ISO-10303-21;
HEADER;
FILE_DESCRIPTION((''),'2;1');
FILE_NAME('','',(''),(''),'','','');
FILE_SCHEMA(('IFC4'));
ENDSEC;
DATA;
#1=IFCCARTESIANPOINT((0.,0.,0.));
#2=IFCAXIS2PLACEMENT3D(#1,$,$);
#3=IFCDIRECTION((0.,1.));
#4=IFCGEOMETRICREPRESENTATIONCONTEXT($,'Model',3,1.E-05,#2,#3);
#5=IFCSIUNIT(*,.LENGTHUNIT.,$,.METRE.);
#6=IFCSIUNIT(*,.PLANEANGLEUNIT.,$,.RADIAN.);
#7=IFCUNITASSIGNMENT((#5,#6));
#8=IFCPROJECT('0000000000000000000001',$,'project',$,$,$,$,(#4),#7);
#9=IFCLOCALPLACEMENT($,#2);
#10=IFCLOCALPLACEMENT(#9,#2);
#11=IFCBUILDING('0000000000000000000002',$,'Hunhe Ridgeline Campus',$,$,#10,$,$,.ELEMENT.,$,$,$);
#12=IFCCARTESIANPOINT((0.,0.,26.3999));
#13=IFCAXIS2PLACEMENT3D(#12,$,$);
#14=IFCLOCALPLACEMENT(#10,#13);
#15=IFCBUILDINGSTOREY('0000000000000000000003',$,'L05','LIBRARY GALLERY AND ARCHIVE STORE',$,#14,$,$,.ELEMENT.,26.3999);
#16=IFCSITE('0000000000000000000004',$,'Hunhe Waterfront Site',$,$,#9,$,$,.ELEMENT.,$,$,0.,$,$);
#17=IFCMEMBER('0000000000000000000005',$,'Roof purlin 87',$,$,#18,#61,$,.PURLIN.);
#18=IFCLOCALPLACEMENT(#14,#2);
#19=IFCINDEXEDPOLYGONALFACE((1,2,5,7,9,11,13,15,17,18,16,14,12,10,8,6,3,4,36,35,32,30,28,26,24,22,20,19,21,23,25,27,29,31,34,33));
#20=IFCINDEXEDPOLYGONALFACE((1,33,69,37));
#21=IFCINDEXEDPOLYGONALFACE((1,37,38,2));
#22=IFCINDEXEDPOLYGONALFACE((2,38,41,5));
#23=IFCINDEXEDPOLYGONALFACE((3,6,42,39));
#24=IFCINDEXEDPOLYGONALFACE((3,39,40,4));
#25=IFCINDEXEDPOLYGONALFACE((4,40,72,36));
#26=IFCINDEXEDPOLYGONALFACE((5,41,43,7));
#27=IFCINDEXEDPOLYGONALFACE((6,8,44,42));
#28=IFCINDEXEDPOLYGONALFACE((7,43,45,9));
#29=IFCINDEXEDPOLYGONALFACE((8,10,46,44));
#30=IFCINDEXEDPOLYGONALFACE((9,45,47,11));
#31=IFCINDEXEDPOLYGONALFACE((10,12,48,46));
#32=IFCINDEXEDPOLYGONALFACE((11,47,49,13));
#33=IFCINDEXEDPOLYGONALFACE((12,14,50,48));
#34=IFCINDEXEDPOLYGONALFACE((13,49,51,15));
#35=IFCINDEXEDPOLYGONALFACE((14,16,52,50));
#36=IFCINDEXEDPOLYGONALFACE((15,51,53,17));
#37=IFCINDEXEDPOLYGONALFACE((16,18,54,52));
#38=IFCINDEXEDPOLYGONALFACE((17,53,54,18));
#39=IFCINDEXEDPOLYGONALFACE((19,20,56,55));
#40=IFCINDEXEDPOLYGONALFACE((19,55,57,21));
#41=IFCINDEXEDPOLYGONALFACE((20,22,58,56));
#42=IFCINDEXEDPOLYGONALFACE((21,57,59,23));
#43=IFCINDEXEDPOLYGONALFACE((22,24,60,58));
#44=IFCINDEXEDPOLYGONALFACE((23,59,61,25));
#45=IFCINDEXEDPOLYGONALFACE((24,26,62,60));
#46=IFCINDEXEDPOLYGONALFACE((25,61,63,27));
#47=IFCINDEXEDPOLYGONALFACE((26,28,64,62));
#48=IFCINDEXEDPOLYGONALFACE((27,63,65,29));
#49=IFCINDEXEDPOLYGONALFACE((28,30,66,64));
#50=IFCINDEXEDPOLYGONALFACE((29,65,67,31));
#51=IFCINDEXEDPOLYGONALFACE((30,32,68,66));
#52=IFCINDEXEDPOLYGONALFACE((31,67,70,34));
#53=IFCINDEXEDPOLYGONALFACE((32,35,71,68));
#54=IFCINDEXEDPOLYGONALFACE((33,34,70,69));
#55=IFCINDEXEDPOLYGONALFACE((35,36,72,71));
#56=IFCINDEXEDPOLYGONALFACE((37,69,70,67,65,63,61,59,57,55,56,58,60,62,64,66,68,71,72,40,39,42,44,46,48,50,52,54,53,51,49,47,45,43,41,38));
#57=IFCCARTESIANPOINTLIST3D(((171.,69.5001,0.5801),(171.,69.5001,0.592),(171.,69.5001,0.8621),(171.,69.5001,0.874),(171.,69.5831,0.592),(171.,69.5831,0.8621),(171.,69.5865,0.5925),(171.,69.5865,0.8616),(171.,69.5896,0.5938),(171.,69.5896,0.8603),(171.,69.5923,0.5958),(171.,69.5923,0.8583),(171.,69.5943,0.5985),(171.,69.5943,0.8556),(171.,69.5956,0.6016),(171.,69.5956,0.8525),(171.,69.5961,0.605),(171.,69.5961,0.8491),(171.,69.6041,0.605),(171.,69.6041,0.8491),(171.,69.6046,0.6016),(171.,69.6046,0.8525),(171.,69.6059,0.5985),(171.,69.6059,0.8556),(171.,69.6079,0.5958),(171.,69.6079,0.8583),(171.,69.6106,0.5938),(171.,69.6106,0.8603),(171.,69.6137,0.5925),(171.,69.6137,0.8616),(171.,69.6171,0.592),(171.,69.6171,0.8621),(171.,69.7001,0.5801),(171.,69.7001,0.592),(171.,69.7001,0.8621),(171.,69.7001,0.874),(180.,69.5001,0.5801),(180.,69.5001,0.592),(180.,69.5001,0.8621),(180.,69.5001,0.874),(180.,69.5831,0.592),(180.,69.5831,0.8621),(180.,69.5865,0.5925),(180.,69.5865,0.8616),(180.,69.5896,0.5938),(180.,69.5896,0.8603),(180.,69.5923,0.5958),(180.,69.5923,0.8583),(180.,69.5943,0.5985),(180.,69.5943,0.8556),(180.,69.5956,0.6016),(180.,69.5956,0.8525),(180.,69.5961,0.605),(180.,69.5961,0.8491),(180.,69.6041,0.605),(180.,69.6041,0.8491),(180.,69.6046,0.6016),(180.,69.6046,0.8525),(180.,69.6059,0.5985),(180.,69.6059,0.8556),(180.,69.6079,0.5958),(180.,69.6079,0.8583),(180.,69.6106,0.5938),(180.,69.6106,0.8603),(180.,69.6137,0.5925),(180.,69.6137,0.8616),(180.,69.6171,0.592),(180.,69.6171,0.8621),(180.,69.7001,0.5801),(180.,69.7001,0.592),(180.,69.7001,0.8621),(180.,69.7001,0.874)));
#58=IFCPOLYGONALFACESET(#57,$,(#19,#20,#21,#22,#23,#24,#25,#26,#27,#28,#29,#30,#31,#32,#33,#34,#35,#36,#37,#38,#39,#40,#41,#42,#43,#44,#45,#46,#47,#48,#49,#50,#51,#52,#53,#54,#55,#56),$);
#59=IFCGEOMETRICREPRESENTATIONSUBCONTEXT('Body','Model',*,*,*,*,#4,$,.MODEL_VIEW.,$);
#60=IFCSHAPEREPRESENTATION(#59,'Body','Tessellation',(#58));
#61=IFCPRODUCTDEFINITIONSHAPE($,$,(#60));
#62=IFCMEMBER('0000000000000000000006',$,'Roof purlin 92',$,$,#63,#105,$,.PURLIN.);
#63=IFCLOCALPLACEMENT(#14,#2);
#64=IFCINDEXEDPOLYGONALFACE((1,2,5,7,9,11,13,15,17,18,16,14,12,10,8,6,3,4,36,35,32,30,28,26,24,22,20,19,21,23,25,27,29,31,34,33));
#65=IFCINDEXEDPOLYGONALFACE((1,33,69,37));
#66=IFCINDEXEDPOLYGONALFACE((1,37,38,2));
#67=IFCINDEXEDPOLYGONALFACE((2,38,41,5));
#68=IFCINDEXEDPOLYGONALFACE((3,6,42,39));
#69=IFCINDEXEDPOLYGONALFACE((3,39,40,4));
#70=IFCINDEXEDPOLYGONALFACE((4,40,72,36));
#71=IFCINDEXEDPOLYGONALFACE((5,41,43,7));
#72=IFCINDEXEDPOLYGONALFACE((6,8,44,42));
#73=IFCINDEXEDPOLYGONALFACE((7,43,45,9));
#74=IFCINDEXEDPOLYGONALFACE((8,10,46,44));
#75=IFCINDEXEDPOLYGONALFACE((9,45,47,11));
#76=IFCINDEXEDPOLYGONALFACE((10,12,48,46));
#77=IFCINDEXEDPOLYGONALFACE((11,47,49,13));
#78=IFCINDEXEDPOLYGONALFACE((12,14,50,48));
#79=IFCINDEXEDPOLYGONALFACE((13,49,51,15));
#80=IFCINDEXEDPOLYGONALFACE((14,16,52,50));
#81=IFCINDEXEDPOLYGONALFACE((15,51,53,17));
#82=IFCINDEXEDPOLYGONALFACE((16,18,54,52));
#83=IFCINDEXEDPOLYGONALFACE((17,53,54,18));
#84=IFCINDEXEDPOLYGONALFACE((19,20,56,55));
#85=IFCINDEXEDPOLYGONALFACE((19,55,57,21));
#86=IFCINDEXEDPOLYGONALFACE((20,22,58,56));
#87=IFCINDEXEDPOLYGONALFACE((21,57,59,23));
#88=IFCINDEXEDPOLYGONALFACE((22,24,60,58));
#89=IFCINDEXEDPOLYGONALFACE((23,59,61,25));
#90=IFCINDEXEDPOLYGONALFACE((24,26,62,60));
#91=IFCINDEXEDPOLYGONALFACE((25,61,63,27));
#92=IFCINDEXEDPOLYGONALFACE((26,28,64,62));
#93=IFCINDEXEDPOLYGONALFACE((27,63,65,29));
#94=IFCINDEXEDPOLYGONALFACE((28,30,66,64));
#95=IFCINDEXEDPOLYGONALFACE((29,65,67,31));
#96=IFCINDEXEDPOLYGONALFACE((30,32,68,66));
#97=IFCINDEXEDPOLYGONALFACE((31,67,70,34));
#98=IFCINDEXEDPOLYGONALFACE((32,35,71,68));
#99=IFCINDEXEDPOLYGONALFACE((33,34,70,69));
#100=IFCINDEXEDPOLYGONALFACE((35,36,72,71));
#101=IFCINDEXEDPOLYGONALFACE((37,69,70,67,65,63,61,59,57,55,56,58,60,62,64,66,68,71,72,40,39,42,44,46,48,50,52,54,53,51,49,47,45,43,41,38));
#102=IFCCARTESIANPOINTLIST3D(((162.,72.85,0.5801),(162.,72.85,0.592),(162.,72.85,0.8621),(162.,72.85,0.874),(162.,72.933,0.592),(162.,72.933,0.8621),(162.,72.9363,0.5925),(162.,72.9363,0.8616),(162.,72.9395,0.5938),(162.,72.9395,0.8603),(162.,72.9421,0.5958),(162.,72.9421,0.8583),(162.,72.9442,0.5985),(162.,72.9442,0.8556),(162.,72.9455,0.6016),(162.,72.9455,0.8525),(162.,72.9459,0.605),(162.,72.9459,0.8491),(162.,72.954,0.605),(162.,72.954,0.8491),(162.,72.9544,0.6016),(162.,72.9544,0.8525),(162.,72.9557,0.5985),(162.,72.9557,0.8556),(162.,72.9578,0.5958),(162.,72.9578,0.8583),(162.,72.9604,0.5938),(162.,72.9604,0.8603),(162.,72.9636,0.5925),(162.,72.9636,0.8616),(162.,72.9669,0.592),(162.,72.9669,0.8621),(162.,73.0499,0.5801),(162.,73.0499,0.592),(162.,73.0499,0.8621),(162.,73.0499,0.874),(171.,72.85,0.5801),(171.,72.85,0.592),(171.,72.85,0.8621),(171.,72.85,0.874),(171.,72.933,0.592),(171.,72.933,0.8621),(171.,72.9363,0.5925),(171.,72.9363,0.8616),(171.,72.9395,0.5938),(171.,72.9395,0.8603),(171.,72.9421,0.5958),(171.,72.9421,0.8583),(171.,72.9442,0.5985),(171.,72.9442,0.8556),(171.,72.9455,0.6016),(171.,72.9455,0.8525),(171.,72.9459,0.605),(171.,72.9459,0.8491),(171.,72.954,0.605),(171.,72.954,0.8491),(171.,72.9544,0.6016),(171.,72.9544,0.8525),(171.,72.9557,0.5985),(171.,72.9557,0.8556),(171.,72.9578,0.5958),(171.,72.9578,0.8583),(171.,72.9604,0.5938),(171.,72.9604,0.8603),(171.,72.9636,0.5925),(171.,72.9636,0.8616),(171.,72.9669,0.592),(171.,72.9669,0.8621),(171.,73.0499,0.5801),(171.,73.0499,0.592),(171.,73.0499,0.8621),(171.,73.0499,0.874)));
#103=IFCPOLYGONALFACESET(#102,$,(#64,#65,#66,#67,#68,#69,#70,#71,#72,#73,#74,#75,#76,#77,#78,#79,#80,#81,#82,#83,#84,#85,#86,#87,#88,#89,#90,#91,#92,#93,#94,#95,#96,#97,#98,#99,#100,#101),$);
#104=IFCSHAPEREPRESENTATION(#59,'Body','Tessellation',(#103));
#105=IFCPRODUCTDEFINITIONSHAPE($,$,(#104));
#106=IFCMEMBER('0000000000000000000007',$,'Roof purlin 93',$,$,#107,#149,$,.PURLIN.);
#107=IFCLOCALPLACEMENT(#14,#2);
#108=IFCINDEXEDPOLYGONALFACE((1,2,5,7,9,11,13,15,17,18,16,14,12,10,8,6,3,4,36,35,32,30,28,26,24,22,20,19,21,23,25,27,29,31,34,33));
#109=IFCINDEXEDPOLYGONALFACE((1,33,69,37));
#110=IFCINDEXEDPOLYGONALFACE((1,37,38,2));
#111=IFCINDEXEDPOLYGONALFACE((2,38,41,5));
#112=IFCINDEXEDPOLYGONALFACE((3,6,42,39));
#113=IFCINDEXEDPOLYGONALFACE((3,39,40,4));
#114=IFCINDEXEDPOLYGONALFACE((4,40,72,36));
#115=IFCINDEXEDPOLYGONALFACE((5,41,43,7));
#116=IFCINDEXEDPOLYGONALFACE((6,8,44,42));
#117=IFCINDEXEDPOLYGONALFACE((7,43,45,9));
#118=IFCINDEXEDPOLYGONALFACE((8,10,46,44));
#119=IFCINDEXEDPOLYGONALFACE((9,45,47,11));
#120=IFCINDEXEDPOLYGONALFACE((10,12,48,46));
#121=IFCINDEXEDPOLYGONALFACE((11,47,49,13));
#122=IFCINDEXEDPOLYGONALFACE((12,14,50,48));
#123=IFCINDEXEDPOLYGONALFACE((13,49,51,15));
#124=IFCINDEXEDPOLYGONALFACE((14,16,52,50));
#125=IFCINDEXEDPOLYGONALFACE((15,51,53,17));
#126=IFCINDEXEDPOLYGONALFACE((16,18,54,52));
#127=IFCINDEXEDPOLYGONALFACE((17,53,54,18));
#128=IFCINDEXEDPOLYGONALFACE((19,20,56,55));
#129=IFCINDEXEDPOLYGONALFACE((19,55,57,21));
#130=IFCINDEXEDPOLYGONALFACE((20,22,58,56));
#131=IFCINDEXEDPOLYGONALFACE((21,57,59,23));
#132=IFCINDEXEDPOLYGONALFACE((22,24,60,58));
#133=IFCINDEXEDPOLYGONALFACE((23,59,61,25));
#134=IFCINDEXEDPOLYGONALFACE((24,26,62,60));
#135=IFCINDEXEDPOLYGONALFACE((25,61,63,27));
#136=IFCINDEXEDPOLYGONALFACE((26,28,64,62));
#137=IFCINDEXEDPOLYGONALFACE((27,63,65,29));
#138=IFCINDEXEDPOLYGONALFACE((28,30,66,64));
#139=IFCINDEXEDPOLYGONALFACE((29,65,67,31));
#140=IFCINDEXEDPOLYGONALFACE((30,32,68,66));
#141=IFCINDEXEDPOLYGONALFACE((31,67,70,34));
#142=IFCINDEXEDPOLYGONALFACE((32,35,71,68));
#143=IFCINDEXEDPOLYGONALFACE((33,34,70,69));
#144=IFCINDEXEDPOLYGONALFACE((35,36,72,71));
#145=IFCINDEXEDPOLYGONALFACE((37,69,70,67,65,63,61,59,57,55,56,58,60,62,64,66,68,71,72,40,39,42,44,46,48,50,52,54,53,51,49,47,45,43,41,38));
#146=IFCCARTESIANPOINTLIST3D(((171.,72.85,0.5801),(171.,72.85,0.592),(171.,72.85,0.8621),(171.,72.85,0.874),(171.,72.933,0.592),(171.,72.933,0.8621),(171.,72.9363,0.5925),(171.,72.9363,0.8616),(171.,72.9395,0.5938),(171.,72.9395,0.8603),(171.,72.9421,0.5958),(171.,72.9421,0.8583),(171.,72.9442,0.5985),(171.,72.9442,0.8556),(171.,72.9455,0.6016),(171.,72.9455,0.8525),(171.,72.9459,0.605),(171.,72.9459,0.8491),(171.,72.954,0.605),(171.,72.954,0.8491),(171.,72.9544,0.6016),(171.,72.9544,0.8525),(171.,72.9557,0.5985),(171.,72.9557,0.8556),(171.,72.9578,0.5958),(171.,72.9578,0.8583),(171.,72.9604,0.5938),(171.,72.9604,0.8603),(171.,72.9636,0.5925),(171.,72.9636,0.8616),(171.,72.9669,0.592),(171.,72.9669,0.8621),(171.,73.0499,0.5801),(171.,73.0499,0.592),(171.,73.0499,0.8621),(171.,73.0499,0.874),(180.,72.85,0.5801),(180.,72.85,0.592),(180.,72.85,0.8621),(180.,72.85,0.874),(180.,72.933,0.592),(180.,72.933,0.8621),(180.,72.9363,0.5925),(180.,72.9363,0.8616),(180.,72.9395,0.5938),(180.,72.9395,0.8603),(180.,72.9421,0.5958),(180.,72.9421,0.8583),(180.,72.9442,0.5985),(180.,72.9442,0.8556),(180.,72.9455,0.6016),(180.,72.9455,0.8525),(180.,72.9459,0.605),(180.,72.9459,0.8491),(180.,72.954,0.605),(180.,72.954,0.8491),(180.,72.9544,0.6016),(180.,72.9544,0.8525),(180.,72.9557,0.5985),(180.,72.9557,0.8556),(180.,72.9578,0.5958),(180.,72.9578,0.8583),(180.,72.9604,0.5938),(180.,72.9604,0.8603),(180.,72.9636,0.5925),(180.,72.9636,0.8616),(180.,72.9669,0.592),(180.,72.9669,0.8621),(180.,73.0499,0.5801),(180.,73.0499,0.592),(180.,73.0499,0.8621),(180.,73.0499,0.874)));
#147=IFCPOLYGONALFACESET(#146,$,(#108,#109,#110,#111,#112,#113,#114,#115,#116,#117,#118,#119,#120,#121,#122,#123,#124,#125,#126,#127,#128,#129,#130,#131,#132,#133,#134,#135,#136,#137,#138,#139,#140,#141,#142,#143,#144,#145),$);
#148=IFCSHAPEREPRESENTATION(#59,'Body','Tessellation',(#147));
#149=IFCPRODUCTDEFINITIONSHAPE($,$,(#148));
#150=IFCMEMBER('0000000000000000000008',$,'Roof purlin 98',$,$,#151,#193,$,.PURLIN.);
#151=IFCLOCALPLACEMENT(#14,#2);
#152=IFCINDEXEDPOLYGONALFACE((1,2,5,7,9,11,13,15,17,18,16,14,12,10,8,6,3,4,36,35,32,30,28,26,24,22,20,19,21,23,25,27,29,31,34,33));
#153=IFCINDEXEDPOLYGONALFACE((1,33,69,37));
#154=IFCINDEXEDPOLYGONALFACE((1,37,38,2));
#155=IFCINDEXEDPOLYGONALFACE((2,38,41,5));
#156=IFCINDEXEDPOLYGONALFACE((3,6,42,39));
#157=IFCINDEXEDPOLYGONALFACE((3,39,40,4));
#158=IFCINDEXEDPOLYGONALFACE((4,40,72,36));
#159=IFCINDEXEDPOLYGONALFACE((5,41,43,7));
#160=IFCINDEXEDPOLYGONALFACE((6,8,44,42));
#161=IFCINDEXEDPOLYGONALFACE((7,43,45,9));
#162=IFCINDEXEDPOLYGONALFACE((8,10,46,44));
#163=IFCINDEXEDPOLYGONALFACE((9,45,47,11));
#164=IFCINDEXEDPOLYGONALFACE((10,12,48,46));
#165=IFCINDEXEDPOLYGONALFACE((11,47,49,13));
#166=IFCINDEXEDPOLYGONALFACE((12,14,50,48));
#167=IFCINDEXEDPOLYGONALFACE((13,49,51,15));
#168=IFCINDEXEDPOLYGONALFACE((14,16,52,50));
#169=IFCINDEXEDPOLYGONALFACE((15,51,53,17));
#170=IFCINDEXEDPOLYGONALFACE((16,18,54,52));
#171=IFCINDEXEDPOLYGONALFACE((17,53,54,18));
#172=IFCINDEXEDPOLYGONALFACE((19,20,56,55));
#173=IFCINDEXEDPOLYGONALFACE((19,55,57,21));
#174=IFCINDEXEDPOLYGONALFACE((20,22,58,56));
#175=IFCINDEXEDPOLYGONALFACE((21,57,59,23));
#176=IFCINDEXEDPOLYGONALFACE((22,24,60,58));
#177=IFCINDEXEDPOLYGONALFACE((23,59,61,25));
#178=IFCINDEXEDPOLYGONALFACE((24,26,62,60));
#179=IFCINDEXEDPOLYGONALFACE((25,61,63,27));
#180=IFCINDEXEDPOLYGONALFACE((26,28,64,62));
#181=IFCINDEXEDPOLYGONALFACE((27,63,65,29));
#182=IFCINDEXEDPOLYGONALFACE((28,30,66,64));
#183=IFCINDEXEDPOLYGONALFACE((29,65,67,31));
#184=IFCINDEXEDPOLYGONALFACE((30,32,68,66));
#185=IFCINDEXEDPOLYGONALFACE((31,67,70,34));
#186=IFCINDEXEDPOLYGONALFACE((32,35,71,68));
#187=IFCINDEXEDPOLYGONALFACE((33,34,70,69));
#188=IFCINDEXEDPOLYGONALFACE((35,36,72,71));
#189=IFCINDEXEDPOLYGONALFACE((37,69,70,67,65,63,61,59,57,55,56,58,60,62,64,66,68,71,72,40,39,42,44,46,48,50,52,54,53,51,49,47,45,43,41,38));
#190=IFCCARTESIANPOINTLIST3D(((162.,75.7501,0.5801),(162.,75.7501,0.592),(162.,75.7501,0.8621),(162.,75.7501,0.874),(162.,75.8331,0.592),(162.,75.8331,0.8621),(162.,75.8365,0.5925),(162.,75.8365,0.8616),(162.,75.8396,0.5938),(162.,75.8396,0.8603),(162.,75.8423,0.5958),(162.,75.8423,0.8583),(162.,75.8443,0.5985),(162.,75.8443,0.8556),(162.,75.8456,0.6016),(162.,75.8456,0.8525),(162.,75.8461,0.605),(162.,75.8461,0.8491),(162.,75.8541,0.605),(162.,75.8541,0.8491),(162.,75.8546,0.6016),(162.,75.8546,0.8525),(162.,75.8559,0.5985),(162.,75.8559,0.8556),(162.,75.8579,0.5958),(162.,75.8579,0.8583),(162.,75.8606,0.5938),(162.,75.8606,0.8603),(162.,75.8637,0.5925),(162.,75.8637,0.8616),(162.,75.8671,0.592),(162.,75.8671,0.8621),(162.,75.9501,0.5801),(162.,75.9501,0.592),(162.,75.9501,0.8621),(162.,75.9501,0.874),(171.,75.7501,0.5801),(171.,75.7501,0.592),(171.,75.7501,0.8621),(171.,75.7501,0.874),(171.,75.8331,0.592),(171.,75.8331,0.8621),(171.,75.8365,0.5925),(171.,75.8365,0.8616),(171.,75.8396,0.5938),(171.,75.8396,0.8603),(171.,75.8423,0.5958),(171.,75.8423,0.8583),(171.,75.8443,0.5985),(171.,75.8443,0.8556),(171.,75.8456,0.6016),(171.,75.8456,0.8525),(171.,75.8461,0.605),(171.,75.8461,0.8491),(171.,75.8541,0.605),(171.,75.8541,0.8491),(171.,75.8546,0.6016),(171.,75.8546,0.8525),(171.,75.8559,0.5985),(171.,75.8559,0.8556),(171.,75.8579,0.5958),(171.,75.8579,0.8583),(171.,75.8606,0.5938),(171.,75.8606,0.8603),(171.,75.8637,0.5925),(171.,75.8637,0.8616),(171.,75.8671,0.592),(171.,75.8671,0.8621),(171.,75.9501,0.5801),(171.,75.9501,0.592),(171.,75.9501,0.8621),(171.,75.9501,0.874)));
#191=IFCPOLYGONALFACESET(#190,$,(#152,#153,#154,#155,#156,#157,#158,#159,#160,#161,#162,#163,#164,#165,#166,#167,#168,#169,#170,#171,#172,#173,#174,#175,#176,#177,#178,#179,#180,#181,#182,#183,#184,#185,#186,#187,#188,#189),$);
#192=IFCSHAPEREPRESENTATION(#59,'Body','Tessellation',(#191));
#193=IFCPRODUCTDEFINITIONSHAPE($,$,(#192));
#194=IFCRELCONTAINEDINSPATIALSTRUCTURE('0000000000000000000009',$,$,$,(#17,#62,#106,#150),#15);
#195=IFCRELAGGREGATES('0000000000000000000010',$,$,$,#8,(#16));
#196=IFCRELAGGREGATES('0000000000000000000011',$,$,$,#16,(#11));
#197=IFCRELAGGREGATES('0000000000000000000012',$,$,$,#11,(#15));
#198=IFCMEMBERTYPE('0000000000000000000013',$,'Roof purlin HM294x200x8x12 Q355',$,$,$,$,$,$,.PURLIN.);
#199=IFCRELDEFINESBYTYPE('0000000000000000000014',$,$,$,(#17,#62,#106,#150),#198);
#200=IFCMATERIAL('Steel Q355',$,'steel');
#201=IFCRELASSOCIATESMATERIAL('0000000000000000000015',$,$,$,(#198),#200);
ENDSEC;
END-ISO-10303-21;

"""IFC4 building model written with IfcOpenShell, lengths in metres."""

from ifc_helpers import new_model, si_unit, direction, frame, origin, origin_2d, place, context, subcontext, project, spatial, i_section, extrude, material, material_profile, profile_set, type_object, element, save


model = new_model("IFC4")

# Units and contexts
model_context = context("Model", 3, precision=1e-05, world=origin(), true_north=direction((0.0, 1.0)))
body_context = subcontext(model_context, "Body", "Model", "MODEL_VIEW")
ifc_project = project(units=[si_unit("LENGTHUNIT", "METRE"), si_unit("PLANEANGLEUNIT", "RADIAN")], contexts=[model_context])

# Site, building, storey
site_placement = place(None, origin())
site = spatial("IfcSite", under=ifc_project, at=site_placement, Name="Hunhe Waterfront Site", CompositionType="ELEMENT", RefElevation=0.0)
building_placement = place(site_placement, origin())
building = spatial("IfcBuilding", under=site, at=building_placement, Name="Hunhe Ridgeline Campus", CompositionType="ELEMENT")
storey_placement = place(building_placement, frame((0.0, 0.0, 26.3999)))
storey = spatial("IfcBuildingStorey", under=building, at=storey_placement, Name="L05", Description="LIBRARY GALLERY AND ARCHIVE STORE", CompositionType="ELEMENT", Elevation=26.3999)

# Members
ifc_material = material(Name="Steel Q355", Category="steel")
ifc_material_profile_1 = material_profile(ifc_material, i_section(OverallWidth=0.2, OverallDepth=0.2939, WebThickness=0.0081, FlangeThickness=0.012, FilletRadius=0.0129, at=origin_2d()))
ifc_profile_set_1 = profile_set([ifc_material_profile_1], Name="Steel Q355")
member_type_1 = type_object("IfcMemberType", Name="Roof purlin HM294x200x8x12 Q355", PredefinedType="PURLIN", material=ifc_profile_set_1)
for number, where, z_axis, x_axis, name in (
    (1, (171.0, 69.6001, 0.7271), (1.0, 0.0, 0.0), (0.0, 1.0, 0.0), "Roof purlin 87"),
    (2, (162.0, 72.95, 0.7271), (1.0, 0.0, 0.0), (0.0, 1.0, 0.0), "Roof purlin 92"),
    (3, (171.0, 72.95, 0.7271), (1.0, 0.0, 0.0), (0.0, 1.0, 0.0), "Roof purlin 93"),
    (4, (162.0, 75.8501, 0.7271), (1.0, 0.0, 0.0), (0.0, 1.0, 0.0), "Roof purlin 98"),
):
    element("IfcMember", number, at=place(storey_placement, frame(where, z_axis=z_axis, x_axis=x_axis)), inside=storey, type_object=member_type_1, Name=name, PredefinedType="PURLIN", context=body_context, shape_type="SweptSolid", body=[
        extrude(i_section(OverallWidth=0.2, OverallDepth=0.2939, WebThickness=0.0081, FlangeThickness=0.012, FilletRadius=0.0129, at=origin_2d()), origin(), (0.0, 0.0, 1.0), 9.0),
    ])

save(model, "model.ifc")
